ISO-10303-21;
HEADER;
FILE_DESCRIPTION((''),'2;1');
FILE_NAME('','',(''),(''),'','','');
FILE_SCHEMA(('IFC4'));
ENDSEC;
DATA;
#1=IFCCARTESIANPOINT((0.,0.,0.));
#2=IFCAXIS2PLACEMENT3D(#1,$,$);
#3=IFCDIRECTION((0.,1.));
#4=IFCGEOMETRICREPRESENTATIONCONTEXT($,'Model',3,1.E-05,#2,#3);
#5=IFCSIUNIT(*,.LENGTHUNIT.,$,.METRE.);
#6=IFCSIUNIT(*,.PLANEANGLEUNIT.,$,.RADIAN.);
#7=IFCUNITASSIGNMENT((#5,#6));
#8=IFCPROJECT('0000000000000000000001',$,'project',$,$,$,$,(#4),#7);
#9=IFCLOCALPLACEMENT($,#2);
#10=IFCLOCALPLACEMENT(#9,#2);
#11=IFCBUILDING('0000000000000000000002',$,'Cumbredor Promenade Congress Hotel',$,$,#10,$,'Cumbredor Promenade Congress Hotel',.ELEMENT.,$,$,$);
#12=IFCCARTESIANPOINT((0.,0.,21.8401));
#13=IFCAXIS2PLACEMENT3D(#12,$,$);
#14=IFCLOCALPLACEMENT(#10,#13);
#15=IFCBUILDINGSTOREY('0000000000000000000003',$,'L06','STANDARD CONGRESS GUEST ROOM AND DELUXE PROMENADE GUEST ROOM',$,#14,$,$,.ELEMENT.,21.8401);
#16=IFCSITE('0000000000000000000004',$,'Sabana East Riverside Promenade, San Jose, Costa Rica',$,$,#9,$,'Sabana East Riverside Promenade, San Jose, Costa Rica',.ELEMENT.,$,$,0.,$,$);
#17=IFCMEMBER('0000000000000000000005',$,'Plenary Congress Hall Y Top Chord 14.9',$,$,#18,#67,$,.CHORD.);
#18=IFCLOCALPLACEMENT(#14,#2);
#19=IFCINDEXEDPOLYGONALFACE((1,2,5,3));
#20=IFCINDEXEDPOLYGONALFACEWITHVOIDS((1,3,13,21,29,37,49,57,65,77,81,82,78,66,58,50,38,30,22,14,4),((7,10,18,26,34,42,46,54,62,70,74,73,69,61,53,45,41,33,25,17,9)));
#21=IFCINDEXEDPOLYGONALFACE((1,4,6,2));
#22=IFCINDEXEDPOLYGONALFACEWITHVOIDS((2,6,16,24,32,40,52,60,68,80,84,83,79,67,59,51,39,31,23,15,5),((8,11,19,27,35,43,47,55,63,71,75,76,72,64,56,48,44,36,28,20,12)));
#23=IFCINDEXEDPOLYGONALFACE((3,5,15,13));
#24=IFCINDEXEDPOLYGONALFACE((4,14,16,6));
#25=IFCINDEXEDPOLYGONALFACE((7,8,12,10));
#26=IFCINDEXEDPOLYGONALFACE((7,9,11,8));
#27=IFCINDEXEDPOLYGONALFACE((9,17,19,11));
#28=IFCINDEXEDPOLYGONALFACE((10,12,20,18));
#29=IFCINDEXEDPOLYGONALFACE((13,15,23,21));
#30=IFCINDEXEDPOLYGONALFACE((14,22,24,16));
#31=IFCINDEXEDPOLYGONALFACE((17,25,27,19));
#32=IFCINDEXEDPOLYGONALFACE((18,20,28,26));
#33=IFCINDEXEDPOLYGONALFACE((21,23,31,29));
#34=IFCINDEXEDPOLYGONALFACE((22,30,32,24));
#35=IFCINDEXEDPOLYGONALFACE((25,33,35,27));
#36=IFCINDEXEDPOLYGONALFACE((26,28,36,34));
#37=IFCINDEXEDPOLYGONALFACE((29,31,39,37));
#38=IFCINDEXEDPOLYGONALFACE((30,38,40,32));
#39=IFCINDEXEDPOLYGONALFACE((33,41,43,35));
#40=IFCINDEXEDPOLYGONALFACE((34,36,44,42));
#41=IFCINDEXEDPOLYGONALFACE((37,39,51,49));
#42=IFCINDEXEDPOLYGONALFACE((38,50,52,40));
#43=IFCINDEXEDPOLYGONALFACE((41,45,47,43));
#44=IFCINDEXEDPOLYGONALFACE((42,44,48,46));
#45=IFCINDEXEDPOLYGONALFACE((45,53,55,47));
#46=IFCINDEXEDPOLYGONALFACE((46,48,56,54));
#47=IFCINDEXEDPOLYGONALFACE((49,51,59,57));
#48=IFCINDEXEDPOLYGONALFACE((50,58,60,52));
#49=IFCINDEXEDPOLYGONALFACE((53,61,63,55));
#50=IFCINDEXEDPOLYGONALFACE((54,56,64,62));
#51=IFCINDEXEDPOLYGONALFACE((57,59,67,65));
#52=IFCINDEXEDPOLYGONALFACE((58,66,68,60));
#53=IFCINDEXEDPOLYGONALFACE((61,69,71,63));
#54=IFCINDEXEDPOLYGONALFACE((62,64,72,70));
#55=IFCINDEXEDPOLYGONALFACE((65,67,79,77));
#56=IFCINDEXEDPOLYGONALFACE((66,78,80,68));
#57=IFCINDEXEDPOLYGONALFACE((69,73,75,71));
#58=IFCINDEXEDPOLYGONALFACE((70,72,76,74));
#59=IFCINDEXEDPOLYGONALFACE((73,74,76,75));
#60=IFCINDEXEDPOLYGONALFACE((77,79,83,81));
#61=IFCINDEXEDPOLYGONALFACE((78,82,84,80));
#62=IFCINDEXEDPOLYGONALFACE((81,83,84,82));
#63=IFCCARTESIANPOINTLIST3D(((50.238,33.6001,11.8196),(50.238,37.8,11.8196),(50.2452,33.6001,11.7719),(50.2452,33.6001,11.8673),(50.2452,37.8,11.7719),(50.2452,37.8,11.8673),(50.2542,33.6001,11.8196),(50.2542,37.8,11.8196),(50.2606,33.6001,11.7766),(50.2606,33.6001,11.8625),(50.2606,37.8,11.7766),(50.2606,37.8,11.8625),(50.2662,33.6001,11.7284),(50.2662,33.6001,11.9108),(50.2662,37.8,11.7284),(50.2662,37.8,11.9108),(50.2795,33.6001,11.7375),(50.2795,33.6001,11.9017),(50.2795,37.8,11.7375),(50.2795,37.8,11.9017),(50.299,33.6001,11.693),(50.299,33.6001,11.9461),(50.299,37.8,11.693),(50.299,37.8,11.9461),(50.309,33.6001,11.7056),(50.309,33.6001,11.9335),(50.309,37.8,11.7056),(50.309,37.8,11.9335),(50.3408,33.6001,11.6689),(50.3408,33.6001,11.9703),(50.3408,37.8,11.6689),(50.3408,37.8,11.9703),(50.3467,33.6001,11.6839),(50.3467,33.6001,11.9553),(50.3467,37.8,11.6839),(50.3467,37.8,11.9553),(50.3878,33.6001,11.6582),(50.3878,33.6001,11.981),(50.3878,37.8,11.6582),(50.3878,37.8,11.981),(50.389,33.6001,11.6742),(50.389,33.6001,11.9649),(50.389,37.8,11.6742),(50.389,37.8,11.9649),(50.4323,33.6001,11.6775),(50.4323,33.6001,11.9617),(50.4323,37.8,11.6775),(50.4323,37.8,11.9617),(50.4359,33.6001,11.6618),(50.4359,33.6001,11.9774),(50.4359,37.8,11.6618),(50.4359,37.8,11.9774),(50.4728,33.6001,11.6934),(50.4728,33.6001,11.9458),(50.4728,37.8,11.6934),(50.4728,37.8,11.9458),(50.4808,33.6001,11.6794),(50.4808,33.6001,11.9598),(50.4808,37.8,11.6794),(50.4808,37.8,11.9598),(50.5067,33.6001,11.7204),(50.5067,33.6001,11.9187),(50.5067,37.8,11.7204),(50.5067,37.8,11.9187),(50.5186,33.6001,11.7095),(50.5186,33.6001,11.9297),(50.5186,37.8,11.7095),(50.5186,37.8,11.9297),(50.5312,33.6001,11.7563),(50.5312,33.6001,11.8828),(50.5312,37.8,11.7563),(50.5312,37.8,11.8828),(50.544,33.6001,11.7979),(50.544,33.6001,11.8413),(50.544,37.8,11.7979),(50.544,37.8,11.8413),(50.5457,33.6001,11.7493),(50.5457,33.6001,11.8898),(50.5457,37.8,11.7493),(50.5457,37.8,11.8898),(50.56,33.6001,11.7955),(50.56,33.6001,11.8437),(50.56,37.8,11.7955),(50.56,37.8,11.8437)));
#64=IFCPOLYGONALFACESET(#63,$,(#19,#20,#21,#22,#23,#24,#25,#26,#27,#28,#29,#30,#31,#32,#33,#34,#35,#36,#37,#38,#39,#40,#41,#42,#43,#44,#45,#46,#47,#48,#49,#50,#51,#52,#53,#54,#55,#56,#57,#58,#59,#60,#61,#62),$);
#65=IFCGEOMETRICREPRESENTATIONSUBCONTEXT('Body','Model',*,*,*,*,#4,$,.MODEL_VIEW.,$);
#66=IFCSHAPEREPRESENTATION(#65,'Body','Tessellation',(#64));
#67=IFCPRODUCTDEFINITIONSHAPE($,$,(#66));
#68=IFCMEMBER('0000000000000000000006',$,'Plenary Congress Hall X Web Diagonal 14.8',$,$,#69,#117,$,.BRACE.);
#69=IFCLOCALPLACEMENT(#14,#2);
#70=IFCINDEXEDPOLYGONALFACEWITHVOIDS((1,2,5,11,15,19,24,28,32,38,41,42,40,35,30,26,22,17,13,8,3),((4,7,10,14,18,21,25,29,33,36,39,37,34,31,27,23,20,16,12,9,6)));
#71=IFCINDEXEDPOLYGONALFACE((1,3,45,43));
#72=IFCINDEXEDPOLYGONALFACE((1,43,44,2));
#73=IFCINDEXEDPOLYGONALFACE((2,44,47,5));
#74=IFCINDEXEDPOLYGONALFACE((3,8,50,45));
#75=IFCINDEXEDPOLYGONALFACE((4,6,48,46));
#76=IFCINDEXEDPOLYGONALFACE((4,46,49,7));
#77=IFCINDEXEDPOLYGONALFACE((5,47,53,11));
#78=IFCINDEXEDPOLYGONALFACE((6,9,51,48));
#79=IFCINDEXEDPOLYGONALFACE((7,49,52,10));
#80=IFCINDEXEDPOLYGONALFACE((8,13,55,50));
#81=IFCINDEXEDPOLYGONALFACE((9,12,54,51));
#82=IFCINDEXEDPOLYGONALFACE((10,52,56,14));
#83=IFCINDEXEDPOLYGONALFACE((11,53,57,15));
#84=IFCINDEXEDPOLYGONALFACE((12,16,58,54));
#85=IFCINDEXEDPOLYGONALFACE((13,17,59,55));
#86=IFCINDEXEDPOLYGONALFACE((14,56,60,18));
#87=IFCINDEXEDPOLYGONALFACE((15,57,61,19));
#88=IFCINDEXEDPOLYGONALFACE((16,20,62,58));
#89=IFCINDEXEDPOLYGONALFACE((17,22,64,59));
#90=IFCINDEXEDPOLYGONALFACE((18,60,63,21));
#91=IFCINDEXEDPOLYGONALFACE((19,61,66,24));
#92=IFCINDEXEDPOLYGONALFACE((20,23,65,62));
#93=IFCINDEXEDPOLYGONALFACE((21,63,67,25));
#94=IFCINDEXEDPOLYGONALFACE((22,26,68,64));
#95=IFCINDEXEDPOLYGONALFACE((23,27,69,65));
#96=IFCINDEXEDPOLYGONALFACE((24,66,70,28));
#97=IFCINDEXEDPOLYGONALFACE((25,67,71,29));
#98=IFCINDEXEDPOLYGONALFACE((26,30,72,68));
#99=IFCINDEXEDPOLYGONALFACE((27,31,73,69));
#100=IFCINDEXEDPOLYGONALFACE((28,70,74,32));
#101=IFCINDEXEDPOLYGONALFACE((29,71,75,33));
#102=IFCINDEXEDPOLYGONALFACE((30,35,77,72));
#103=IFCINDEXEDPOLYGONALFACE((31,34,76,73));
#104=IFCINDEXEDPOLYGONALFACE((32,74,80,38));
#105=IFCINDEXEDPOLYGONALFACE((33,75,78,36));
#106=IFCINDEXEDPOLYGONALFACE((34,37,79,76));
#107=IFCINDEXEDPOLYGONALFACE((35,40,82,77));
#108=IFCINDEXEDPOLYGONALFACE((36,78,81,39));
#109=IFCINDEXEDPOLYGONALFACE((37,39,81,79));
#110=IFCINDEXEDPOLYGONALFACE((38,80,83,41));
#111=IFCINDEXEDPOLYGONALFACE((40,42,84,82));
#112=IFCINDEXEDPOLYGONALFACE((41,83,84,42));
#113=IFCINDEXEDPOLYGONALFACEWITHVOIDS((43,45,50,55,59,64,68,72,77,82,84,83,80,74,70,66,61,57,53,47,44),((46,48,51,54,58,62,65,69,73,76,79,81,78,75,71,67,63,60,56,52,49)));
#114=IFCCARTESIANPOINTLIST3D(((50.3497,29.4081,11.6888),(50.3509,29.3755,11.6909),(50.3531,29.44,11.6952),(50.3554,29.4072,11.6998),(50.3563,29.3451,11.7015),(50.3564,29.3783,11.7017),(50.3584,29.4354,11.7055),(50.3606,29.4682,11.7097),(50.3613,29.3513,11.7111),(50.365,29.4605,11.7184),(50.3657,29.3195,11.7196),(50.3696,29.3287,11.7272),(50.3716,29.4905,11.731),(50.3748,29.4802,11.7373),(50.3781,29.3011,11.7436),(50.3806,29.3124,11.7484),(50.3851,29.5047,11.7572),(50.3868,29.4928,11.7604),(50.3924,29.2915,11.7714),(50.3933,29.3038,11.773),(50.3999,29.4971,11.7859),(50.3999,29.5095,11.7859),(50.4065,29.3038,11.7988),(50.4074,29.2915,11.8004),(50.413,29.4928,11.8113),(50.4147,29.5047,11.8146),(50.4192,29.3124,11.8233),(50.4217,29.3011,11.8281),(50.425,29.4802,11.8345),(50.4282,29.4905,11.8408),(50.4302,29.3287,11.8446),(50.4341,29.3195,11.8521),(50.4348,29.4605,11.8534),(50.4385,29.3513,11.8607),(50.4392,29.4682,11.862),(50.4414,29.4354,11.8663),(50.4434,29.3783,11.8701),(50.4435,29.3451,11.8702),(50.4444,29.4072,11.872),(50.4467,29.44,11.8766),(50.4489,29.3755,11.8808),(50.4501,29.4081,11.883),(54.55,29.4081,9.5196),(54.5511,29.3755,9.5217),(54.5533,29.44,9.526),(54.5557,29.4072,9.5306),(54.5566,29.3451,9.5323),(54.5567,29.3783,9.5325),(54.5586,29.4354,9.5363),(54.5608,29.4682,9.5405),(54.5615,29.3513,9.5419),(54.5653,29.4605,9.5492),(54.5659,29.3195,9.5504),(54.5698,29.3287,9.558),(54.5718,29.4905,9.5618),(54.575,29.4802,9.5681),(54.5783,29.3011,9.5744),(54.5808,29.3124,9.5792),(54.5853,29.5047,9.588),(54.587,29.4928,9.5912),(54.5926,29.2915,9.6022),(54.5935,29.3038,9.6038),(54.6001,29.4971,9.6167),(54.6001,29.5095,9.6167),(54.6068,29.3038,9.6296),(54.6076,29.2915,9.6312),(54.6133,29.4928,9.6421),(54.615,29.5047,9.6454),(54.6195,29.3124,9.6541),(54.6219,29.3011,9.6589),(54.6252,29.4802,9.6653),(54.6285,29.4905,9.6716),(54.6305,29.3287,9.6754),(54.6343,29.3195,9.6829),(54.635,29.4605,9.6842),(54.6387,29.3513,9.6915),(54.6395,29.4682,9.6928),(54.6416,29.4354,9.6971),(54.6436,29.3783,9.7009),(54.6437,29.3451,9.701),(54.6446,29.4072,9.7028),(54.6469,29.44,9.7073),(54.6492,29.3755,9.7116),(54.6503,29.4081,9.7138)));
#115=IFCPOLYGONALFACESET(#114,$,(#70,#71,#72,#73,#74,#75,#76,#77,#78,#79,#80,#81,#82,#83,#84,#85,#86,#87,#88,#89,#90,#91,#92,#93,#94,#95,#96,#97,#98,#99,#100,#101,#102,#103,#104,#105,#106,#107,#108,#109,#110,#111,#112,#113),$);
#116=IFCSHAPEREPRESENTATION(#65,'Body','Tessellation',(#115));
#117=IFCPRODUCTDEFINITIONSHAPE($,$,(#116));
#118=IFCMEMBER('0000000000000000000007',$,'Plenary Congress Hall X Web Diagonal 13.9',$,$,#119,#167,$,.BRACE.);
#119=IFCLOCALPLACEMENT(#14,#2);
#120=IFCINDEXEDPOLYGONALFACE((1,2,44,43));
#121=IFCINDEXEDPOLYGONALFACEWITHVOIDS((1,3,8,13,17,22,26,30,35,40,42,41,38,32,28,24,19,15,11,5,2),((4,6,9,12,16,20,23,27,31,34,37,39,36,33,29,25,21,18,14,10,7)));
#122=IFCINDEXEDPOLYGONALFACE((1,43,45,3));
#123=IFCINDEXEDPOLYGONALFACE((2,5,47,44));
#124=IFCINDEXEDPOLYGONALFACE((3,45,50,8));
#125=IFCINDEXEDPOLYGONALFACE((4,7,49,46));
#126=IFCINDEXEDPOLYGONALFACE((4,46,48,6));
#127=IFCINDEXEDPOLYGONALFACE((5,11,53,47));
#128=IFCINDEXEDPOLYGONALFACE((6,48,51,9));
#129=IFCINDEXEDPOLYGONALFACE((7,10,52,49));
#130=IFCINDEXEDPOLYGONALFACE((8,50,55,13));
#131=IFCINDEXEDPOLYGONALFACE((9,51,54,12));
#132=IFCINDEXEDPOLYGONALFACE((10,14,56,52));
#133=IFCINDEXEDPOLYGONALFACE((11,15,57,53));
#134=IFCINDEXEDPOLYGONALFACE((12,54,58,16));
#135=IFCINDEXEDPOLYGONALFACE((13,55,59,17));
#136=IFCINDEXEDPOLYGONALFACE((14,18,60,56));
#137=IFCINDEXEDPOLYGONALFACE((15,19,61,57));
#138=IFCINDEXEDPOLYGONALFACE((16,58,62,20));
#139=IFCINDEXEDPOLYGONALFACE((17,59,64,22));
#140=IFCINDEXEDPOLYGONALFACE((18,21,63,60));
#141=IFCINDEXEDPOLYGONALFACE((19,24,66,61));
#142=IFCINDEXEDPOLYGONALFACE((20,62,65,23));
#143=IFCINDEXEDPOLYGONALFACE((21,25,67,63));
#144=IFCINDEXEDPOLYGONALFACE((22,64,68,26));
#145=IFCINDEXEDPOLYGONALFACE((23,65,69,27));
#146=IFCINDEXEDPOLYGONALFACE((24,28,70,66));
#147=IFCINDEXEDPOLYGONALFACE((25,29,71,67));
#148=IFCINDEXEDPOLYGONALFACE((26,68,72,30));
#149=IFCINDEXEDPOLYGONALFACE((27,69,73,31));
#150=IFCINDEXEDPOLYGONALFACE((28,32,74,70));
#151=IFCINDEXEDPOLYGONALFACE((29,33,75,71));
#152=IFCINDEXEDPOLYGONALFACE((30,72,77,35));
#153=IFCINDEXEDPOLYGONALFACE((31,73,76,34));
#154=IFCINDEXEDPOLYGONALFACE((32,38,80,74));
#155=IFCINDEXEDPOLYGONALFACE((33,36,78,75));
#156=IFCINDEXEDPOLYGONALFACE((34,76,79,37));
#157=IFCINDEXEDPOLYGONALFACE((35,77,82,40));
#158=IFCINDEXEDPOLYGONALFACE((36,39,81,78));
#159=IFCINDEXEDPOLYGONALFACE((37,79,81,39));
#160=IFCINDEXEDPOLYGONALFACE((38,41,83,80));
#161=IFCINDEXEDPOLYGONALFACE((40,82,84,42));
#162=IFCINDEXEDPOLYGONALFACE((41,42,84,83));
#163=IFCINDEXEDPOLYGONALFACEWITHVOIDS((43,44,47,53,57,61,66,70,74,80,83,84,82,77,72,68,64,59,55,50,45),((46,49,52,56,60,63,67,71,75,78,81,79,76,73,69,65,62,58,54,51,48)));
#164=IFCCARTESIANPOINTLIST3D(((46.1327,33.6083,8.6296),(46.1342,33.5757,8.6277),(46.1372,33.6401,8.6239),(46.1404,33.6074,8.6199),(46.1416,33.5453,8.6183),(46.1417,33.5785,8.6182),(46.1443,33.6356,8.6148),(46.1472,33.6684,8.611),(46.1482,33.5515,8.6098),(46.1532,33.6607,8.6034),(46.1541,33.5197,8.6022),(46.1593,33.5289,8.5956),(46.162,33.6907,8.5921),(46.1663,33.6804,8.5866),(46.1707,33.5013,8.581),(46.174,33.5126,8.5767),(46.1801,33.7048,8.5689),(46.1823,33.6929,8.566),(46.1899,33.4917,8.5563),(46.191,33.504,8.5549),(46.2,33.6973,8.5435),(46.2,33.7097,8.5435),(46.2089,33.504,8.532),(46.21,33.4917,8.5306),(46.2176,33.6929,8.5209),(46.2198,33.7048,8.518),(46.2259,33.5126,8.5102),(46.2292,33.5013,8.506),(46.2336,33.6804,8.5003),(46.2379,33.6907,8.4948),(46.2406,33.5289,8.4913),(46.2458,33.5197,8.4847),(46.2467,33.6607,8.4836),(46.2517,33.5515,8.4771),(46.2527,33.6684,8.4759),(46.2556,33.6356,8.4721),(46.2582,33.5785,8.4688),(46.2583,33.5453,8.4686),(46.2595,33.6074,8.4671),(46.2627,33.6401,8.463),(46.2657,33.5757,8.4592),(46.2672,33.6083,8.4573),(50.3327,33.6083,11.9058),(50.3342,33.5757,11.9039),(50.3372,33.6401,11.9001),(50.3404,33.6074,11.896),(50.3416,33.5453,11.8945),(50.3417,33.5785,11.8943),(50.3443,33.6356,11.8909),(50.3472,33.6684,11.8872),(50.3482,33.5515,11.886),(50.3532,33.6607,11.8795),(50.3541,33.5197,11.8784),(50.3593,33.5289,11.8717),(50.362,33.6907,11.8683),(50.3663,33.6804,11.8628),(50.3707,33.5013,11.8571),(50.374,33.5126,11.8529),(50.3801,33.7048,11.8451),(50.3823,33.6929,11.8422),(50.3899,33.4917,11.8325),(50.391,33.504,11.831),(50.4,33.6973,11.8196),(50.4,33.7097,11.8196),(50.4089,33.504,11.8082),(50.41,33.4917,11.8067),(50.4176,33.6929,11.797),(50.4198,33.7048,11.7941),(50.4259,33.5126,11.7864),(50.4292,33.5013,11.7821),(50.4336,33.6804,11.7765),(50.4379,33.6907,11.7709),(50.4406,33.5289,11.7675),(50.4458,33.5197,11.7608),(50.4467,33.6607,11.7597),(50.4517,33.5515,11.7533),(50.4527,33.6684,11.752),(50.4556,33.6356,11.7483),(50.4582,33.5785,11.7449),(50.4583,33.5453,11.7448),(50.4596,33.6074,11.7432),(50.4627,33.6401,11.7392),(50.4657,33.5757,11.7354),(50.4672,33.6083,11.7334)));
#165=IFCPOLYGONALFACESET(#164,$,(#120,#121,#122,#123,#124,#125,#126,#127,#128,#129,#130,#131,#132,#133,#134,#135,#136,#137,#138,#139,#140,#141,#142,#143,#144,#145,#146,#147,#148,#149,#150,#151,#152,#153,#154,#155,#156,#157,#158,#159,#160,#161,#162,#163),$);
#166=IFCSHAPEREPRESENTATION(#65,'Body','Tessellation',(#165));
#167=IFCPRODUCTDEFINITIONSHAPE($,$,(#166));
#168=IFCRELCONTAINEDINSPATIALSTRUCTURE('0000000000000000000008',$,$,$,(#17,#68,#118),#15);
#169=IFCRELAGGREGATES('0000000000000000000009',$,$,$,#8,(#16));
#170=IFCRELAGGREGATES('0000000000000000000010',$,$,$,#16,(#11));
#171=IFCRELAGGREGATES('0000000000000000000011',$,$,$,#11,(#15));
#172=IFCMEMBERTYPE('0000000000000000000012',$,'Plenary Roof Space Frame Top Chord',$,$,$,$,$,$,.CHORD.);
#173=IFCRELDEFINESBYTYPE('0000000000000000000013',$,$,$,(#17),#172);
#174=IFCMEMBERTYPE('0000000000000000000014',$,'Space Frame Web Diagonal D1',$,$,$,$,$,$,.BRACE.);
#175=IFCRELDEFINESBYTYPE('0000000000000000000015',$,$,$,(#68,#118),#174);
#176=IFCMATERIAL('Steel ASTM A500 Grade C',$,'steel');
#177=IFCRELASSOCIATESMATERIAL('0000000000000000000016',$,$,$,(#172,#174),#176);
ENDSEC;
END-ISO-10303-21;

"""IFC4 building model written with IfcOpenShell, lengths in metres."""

from ifc_helpers import new_model, si_unit, direction, frame, origin, origin_2d, place, context, subcontext, project, spatial, hollow_circle, extrude, material, material_profile, profile_set, type_object, element, save


model = new_model("IFC4")

# Units and contexts
model_context = context("Model", 3, precision=1e-05, world=origin(), true_north=direction((0.0, 1.0)))
body_context = subcontext(model_context, "Body", "Model", "MODEL_VIEW")
ifc_project = project(units=[si_unit("LENGTHUNIT", "METRE"), si_unit("PLANEANGLEUNIT", "RADIAN")], contexts=[model_context])

# Site, building, storey
site_placement = place(None, origin())
site = spatial("IfcSite", under=ifc_project, at=site_placement, Name="Sabana East Riverside Promenade, San Jose, Costa Rica", LongName="Sabana East Riverside Promenade, San Jose, Costa Rica", CompositionType="ELEMENT", RefElevation=0.0)
building_placement = place(site_placement, origin())
building = spatial("IfcBuilding", under=site, at=building_placement, Name="Cumbredor Promenade Congress Hotel", LongName="Cumbredor Promenade Congress Hotel", CompositionType="ELEMENT")
storey_placement = place(building_placement, frame((0.0, 0.0, 21.8401)))
storey = spatial("IfcBuildingStorey", under=building, at=storey_placement, Name="L06", Description="STANDARD CONGRESS GUEST ROOM AND DELUXE PROMENADE GUEST ROOM", CompositionType="ELEMENT", Elevation=21.8401)

# Members
ifc_material_1 = material(Name="Steel ASTM A500 Grade C", Category="steel")
ifc_material_profile_1 = material_profile(ifc_material_1, hollow_circle(Radius=0.1619, WallThickness=0.0161, at=origin_2d()), Name="CHS 323.9x16")
ifc_profile_set_1 = profile_set([ifc_material_profile_1], Name="Steel ASTM A500 Grade C")
member_type_1 = type_object("IfcMemberType", Name="Plenary Roof Space Frame Top Chord", PredefinedType="CHORD", material=ifc_profile_set_1)
member_1_placement = place(storey_placement, frame((50.3999, 33.6001, 11.8196), z_axis=(0.0, 1.0, 0.0), x_axis=(-1.0, 0.0, 0.0)))
element("IfcMember", 1, at=member_1_placement, inside=storey, type_object=member_type_1, Name="Plenary Congress Hall Y Top Chord 14.9", PredefinedType="CHORD", context=body_context, shape_type="SweptSolid", body=[
    extrude(hollow_circle(Radius=0.1619, WallThickness=0.0161, at=origin_2d()), origin(), (0.0, 0.0, 1.0), 4.2),
])
ifc_material_profile_2 = material_profile(ifc_material_1, hollow_circle(Radius=0.1096, WallThickness=0.0125, at=origin_2d()), Name="CHS 219.1x12.5")
ifc_profile_set_2 = profile_set([ifc_material_profile_2], Name="Steel ASTM A500 Grade C")
member_type_2 = type_object("IfcMemberType", Name="Space Frame Web Diagonal D1", PredefinedType="BRACE", material=ifc_profile_set_2)
member_2_placement = place(storey_placement, frame((50.3999, 29.3999, 11.7859), z_axis=(0.888505, 0.0, -0.458868), x_axis=(0.0, 1.0, 0.0)))
element("IfcMember", 2, at=member_2_placement, inside=storey, type_object=member_type_2, Name="Plenary Congress Hall X Web Diagonal 14.8", PredefinedType="BRACE", context=body_context, shape_type="SweptSolid", body=[
    extrude(hollow_circle(Radius=0.1096, WallThickness=0.0125, at=origin_2d()), origin(), (0.0, 0.0, 1.0), 4.7273),
])
member_3_placement = place(storey_placement, frame((46.2, 33.6001, 8.5435), z_axis=(0.788488, 0.0, 0.615051), x_axis=(0.0, 1.0, 0.0)))
element("IfcMember", 3, at=member_3_placement, inside=storey, type_object=member_type_2, Name="Plenary Congress Hall X Web Diagonal 13.9", PredefinedType="BRACE", context=body_context, shape_type="SweptSolid", body=[
    extrude(hollow_circle(Radius=0.1096, WallThickness=0.0125, at=origin_2d()), origin(), (0.0, 0.0, 1.0), 5.3267),
])

save(model, "model.ifc")
